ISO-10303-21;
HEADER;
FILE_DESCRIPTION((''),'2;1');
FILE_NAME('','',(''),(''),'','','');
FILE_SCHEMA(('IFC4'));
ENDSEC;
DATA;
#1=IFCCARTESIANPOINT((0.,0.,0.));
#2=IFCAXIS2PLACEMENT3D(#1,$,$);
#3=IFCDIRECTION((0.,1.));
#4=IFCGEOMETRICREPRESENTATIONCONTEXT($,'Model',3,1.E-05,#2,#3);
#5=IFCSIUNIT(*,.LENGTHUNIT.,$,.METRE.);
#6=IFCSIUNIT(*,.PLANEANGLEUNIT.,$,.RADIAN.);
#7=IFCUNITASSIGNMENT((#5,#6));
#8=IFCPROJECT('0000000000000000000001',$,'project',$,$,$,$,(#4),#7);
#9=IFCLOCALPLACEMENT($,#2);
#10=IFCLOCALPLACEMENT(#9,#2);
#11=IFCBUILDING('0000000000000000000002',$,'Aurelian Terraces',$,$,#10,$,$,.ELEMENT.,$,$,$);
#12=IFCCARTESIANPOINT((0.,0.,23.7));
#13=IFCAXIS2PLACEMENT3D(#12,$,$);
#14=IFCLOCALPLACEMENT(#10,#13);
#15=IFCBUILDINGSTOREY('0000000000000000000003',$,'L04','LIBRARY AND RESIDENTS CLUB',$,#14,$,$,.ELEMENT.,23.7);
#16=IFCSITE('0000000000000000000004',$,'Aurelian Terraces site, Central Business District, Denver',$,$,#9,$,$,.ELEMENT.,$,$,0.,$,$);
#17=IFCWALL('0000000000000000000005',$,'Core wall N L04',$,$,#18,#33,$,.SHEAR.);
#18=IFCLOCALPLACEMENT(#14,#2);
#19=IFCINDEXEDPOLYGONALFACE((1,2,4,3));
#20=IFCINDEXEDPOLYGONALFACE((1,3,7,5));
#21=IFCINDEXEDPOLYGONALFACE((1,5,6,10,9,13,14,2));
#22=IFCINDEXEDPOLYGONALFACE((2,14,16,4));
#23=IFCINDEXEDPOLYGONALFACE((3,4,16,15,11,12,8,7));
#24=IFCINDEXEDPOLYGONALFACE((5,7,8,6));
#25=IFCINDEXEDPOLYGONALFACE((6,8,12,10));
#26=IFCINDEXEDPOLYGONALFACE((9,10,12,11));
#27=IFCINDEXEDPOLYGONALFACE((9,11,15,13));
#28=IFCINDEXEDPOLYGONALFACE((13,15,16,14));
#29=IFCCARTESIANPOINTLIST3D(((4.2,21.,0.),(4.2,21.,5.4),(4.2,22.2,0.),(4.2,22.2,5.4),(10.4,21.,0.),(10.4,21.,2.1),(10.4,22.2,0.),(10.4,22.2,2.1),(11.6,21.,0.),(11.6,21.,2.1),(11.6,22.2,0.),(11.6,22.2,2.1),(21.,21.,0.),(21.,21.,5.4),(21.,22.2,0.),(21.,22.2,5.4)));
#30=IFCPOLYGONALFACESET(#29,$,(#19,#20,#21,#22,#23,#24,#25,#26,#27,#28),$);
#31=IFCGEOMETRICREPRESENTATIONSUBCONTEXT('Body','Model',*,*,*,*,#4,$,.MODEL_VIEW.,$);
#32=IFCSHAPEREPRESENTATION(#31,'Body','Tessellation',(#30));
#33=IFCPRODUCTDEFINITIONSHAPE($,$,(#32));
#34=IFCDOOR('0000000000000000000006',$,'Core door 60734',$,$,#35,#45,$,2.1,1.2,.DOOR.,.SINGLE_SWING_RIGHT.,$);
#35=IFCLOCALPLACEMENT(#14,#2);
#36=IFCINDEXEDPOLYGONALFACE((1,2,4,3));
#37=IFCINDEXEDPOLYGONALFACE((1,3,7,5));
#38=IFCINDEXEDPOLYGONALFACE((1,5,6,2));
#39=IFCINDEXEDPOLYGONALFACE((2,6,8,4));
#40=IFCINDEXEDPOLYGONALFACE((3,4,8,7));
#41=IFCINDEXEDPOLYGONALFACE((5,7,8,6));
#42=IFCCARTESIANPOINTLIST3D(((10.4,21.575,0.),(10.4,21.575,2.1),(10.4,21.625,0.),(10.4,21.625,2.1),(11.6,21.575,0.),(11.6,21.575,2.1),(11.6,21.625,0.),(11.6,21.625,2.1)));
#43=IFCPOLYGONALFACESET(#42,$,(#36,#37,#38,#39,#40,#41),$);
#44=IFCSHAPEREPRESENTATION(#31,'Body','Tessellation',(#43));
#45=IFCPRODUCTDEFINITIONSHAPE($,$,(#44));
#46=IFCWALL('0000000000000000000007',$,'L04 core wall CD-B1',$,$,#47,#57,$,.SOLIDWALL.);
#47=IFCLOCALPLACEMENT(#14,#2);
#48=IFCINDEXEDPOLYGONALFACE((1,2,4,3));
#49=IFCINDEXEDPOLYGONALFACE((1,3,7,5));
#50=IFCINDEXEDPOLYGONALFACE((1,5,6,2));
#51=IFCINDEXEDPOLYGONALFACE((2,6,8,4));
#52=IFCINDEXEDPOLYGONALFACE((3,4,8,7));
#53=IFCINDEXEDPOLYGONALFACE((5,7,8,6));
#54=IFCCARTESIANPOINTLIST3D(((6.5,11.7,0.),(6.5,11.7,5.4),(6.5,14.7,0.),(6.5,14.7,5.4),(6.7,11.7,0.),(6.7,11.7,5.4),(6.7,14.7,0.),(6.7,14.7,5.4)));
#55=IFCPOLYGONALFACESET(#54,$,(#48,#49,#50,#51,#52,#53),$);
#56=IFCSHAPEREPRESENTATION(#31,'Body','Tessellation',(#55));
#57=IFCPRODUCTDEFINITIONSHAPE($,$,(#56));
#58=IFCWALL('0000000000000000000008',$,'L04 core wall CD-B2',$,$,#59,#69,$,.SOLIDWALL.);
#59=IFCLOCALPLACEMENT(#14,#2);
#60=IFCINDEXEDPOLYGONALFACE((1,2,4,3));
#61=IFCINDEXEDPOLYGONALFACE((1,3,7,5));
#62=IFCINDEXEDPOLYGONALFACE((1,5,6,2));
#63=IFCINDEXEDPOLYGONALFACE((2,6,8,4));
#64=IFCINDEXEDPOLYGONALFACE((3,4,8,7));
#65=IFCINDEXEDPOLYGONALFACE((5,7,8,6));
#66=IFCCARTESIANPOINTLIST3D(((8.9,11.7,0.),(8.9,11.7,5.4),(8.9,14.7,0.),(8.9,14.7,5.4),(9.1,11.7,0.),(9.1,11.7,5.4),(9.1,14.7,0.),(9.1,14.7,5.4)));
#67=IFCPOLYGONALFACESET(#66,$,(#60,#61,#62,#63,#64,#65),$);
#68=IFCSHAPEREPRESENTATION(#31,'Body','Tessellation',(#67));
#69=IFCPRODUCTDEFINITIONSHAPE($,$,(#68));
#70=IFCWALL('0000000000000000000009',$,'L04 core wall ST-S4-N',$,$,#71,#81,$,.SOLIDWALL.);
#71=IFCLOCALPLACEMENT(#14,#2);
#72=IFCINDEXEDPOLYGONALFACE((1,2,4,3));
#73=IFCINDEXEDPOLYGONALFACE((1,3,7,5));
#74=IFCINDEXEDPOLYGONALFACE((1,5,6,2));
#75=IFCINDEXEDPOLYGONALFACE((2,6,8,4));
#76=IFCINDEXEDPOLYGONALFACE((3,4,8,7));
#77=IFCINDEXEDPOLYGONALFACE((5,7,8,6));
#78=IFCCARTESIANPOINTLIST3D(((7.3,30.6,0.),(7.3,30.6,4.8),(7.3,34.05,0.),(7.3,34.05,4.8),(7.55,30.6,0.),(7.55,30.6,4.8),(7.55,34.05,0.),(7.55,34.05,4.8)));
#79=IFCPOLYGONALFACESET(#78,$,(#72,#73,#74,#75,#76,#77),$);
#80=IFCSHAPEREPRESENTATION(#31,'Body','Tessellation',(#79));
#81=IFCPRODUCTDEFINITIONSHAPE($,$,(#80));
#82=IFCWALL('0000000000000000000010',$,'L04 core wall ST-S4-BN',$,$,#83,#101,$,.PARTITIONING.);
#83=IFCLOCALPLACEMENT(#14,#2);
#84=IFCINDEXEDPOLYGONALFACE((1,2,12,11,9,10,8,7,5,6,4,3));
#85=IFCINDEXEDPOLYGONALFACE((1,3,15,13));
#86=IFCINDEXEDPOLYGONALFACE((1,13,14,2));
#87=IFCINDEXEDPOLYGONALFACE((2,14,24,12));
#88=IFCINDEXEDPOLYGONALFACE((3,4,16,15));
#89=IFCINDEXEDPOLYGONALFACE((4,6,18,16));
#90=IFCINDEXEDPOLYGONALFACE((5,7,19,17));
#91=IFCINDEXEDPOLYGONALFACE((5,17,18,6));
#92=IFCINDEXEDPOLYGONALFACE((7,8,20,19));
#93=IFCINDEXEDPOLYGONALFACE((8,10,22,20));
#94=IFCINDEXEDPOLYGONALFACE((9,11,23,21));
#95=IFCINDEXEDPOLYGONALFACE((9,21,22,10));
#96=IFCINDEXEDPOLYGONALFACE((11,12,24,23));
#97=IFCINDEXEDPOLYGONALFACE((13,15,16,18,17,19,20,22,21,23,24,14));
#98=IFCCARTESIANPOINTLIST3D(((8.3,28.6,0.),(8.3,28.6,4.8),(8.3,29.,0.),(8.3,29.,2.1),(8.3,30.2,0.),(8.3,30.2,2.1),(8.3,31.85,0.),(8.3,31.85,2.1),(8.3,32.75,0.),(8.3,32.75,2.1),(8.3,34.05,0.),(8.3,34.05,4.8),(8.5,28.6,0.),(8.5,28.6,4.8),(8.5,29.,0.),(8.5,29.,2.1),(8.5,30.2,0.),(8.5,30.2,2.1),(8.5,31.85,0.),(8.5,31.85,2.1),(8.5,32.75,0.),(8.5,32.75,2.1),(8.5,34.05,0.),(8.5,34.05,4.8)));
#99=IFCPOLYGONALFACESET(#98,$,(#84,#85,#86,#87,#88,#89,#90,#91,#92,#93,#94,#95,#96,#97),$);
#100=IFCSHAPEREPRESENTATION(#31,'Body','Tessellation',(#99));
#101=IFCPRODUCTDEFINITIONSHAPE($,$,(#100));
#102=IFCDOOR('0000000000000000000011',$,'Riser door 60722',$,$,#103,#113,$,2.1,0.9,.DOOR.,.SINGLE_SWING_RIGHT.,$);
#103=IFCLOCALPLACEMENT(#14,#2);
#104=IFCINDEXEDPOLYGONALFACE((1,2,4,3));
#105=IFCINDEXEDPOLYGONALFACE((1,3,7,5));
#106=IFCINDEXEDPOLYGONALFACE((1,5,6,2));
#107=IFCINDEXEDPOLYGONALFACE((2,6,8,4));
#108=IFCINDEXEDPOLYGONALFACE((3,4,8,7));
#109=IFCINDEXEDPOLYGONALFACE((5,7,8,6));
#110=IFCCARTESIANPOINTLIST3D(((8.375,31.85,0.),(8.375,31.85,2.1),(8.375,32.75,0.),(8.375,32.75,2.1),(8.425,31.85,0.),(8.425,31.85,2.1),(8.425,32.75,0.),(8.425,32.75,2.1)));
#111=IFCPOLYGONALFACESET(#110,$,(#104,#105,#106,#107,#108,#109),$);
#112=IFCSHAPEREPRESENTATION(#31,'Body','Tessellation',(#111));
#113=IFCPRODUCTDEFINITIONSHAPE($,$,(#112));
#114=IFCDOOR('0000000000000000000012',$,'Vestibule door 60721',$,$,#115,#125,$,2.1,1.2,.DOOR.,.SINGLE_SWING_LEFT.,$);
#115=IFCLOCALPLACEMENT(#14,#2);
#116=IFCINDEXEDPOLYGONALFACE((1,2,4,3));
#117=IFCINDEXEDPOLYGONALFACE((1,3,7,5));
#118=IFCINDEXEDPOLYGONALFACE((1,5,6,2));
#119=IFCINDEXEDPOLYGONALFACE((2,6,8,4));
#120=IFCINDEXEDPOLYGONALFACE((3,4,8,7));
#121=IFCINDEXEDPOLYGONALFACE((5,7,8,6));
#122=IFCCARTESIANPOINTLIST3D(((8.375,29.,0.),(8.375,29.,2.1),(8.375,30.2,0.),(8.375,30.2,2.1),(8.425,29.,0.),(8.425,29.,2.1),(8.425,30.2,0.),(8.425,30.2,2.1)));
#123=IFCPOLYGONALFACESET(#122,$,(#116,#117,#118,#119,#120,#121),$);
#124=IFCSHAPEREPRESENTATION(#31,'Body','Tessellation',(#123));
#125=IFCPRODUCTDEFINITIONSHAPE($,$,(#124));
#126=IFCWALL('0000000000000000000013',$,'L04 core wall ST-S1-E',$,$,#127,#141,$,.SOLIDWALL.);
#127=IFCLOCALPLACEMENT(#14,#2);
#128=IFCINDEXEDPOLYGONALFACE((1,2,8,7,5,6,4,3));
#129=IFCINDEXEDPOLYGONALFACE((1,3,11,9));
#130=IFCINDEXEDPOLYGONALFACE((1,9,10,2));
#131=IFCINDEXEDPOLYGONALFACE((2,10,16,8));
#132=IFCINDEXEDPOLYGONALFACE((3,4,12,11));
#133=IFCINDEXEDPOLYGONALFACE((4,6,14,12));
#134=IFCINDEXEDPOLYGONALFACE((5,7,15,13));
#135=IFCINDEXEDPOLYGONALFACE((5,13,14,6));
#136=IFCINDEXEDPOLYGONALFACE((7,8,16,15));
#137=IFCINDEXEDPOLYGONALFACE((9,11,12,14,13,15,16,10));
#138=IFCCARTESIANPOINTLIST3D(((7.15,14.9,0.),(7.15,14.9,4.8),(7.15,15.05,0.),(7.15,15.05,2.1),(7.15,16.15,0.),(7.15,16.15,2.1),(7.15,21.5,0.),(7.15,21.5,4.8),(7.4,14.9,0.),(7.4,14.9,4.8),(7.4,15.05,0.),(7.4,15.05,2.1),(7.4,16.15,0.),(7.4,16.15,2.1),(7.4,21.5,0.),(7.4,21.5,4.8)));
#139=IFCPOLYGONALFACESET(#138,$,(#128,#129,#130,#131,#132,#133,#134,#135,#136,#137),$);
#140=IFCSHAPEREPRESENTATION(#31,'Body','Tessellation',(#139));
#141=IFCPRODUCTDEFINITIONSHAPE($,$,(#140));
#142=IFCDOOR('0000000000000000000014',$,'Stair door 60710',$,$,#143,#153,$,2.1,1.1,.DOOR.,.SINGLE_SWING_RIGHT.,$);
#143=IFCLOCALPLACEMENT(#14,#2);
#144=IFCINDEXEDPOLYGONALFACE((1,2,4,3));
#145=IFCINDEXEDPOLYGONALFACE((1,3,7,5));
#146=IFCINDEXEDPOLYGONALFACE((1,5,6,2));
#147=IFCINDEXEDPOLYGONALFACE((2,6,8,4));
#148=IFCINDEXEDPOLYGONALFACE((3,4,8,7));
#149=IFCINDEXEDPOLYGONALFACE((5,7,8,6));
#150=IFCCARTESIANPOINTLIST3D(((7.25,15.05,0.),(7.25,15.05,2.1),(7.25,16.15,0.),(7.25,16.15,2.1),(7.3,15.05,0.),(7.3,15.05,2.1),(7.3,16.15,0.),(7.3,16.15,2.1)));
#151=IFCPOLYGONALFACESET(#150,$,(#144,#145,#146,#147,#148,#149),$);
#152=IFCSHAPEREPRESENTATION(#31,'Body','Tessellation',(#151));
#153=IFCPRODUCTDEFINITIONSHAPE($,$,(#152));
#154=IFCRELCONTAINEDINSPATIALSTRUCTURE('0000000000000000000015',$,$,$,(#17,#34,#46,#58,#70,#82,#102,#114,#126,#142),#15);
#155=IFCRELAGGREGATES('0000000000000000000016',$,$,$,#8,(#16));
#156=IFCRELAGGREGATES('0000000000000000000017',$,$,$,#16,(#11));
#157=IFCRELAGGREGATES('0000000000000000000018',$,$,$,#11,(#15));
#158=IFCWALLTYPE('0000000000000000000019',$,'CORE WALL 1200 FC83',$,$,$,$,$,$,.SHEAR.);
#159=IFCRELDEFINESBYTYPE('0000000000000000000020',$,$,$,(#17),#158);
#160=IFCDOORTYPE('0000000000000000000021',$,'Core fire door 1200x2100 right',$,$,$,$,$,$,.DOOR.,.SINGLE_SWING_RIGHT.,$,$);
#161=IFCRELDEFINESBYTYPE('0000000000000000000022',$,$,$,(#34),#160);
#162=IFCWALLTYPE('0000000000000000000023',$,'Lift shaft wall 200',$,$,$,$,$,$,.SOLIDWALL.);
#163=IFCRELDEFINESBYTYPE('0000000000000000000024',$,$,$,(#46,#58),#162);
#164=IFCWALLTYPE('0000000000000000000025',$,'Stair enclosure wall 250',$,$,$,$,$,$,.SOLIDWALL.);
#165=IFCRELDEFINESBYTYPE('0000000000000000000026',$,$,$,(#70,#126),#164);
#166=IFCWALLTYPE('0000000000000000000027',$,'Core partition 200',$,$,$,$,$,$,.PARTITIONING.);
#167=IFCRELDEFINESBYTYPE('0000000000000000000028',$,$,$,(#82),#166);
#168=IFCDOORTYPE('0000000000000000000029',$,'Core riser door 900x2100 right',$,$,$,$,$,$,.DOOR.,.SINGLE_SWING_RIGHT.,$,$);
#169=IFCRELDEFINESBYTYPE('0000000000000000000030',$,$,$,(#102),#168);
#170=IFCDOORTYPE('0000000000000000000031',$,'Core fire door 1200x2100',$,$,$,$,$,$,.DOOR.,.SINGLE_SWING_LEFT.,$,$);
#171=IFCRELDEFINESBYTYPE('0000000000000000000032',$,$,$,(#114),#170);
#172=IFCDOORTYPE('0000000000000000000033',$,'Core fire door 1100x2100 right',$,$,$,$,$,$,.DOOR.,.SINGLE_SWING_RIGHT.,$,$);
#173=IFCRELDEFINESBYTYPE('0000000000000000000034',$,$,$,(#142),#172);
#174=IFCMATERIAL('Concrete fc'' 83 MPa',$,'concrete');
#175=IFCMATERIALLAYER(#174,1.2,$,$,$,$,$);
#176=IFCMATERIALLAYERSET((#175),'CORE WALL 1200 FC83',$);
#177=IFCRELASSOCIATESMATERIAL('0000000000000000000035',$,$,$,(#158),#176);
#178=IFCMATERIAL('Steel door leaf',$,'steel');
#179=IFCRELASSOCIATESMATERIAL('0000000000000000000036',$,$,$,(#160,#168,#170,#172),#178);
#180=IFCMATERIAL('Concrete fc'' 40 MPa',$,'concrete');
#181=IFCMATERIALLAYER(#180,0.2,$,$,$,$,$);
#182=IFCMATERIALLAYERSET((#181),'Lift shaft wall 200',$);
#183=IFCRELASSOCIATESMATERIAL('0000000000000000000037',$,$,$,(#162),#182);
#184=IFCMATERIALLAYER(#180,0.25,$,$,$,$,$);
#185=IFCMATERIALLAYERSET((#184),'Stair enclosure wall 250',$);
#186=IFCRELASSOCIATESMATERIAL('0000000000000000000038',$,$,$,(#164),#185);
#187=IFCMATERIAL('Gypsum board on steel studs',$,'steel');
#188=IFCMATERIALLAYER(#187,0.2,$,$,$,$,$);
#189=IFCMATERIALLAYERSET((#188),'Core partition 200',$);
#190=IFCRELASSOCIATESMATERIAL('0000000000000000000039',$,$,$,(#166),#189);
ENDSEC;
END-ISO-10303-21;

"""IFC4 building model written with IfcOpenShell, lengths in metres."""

from ifc_helpers import new_model, si_unit, direction, frame, frame_2d, origin, place, context, subcontext, project, spatial, rectangle, extrude, source, transform, mapped, material, layer, layer_set, type_object, element, fill, save


model = new_model("IFC4")

# Units and contexts
model_context = context("Model", 3, precision=1e-05, world=origin(), true_north=direction((0.0, 1.0)))
body_context = subcontext(model_context, "Body", "Model", "MODEL_VIEW")
ifc_project = project(units=[si_unit("LENGTHUNIT", "METRE"), si_unit("PLANEANGLEUNIT", "RADIAN")], contexts=[model_context])

# Site, building, storey
site_placement = place(None, origin())
site = spatial("IfcSite", under=ifc_project, at=site_placement, Name="Aurelian Terraces site, Central Business District, Denver", CompositionType="ELEMENT", RefElevation=0.0)
building_placement = place(site_placement, origin())
building = spatial("IfcBuilding", under=site, at=building_placement, Name="Aurelian Terraces", CompositionType="ELEMENT")
storey_placement = place(building_placement, frame((0.0, 0.0, 23.7)))
storey = spatial("IfcBuildingStorey", under=building, at=storey_placement, Name="L04", Description="LIBRARY AND RESIDENTS CLUB", CompositionType="ELEMENT", Elevation=23.7)

# Wall, opening, door
ifc_material_1 = material(Name="Concrete fc' 83 MPa", Category="concrete")
ifc_layer_1 = layer(ifc_material_1, 1.2)
ifc_layer_set_1 = layer_set([ifc_layer_1], Name="CORE WALL 1200 FC83")
wall_type_1 = type_object("IfcWallType", Name="CORE WALL 1200 FC83", PredefinedType="SHEAR", material=ifc_layer_set_1)
shared_shape_1 = source(origin(), body_context, "Body", "SweptSolid", [
    extrude(rectangle(XDim=16.8, YDim=1.2, at=frame_2d((8.4, 0.0))), origin(), (0.0, 0.0, 1.0), 5.4),
])
wall_1_placement = place(storey_placement, frame((4.2, 21.6, 0.0), z_axis=(0.0, 0.0, 1.0), x_axis=(1.0, 0.0, 0.0)))
wall_1 = element("IfcWall", 1, at=wall_1_placement, inside=storey, type_object=wall_type_1, Name="Core wall N L04", PredefinedType="SHEAR", context=body_context, shape_type="MappedRepresentation", body=[
    mapped(shared_shape_1, transform((0.0, 0.0, 0.0), scale=1.0)),
])
shared_shape_2 = source(origin(), body_context, "Body", "SweptSolid", [
    extrude(rectangle(XDim=1.2, YDim=2.1, at=frame_2d((0.6, 1.05))), frame((0.0, 0.61, 0.0), z_axis=(0.0, -1.0, 0.0), x_axis=(1.0, 0.0, 0.0)), (0.0, 0.0, 1.0), 1.22),
])
opening_1_placement = place(wall_1_placement, frame((6.2, 0.0, 0.0)))
opening_1 = element("IfcOpeningElement", 2, at=opening_1_placement, cuts=wall_1, PredefinedType="OPENING", context=body_context, shape_type="MappedRepresentation", body=[
    mapped(shared_shape_2, transform((0.0, 0.0, 0.0), scale=1.0)),
])
ifc_material_2 = material(Name="Steel door leaf", Category="steel")
door_type_1 = type_object("IfcDoorType", Name="Core fire door 1200x2100 right", OperationType="SINGLE_SWING_RIGHT", PredefinedType="DOOR", material=ifc_material_2)
shared_shape_3 = source(origin(), body_context, "Body", "SweptSolid", [
    extrude(rectangle(XDim=1.2, YDim=2.1, at=frame_2d((0.6, 1.05))), frame((0.0, 0.025, 0.0), z_axis=(0.0, -1.0, 0.0), x_axis=(1.0, 0.0, 0.0)), (0.0, 0.0, 1.0), 0.05),
])
door_1_placement = place(opening_1_placement, origin())
door_1 = element("IfcDoor", 3, at=door_1_placement, inside=storey, type_object=door_type_1, Name="Core door 60734", OperationType="SINGLE_SWING_RIGHT", OverallHeight=2.1, OverallWidth=1.2, PredefinedType="DOOR", context=body_context, shape_type="MappedRepresentation", body=[
    mapped(shared_shape_3, transform((0.0, 0.0, 0.0), scale=1.0)),
])
fill(opening_1, door_1)

# Walls
ifc_material_3 = material(Name="Concrete fc' 40 MPa", Category="concrete")
ifc_layer_2 = layer(ifc_material_3, 0.2)
ifc_layer_set_2 = layer_set([ifc_layer_2], Name="Lift shaft wall 200")
wall_type_2 = type_object("IfcWallType", Name="Lift shaft wall 200", PredefinedType="SOLIDWALL", material=ifc_layer_set_2)
shared_shape_4 = source(origin(), body_context, "Body", "SweptSolid", [
    extrude(rectangle(XDim=3.0, YDim=0.2, at=frame_2d((1.5, 0.0))), origin(), (0.0, 0.0, 1.0), 5.4),
])
for number, where, z_axis, x_axis, name in (
    (4, (6.6, 11.7, 0.0), (0.0, 0.0, 1.0), (0.0, 1.0, 0.0), "L04 core wall CD-B1"),
    (5, (9.0, 11.7, 0.0), (0.0, 0.0, 1.0), (0.0, 1.0, 0.0), "L04 core wall CD-B2"),
):
    element("IfcWall", number, at=place(storey_placement, frame(where, z_axis=z_axis, x_axis=x_axis)), inside=storey, type_object=wall_type_2, Name=name, PredefinedType="SOLIDWALL", context=body_context, shape_type="MappedRepresentation", body=[
        mapped(shared_shape_4, transform((0.0, 0.0, 0.0), scale=1.0)),
    ])
ifc_layer_3 = layer(ifc_material_3, 0.25)
ifc_layer_set_3 = layer_set([ifc_layer_3], Name="Stair enclosure wall 250")
wall_type_3 = type_object("IfcWallType", Name="Stair enclosure wall 250", PredefinedType="SOLIDWALL", material=ifc_layer_set_3)
shared_shape_5 = source(origin(), body_context, "Body", "SweptSolid", [
    extrude(rectangle(XDim=3.45, YDim=0.25, at=frame_2d((1.725, 0.0))), origin(), (0.0, 0.0, 1.0), 4.8),
])
wall_2_placement = place(storey_placement, frame((7.425, 30.6, 0.0), z_axis=(0.0, 0.0, 1.0), x_axis=(0.0, 1.0, 0.0)))
element("IfcWall", 6, at=wall_2_placement, inside=storey, type_object=wall_type_3, Name="L04 core wall ST-S4-N", PredefinedType="SOLIDWALL", context=body_context, shape_type="MappedRepresentation", body=[
    mapped(shared_shape_5, transform((0.0, 0.0, 0.0), scale=1.0)),
])

# Wall, openings, doors
ifc_material_4 = material(Name="Gypsum board on steel studs", Category="steel")
ifc_layer_4 = layer(ifc_material_4, 0.2)
ifc_layer_set_4 = layer_set([ifc_layer_4], Name="Core partition 200")
wall_type_4 = type_object("IfcWallType", Name="Core partition 200", PredefinedType="PARTITIONING", material=ifc_layer_set_4)
shared_shape_6 = source(origin(), body_context, "Body", "SweptSolid", [
    extrude(rectangle(XDim=5.45, YDim=0.2, at=frame_2d((2.725, 0.0))), origin(), (0.0, 0.0, 1.0), 4.8),
])
wall_3_placement = place(storey_placement, frame((8.4, 28.6, 0.0), z_axis=(0.0, 0.0, 1.0), x_axis=(0.0, 1.0, 0.0)))
wall_3 = element("IfcWall", 7, at=wall_3_placement, inside=storey, type_object=wall_type_4, Name="L04 core wall ST-S4-BN", PredefinedType="PARTITIONING", context=body_context, shape_type="MappedRepresentation", body=[
    mapped(shared_shape_6, transform((0.0, 0.0, 0.0), scale=1.0)),
])
shared_shape_7 = source(origin(), body_context, "Body", "SweptSolid", [
    extrude(rectangle(XDim=1.2, YDim=2.1, at=frame_2d((0.6, 1.05))), frame((0.0, 0.11, 0.0), z_axis=(0.0, -1.0, 0.0), x_axis=(1.0, 0.0, 0.0)), (0.0, 0.0, 1.0), 0.22),
])
opening_2_placement = place(wall_3_placement, frame((0.4, 0.0, 0.0)))
opening_2 = element("IfcOpeningElement", 8, at=opening_2_placement, cuts=wall_3, PredefinedType="OPENING", context=body_context, shape_type="MappedRepresentation", body=[
    mapped(shared_shape_7, transform((0.0, 0.0, 0.0), scale=1.0)),
])
shared_shape_8 = source(origin(), body_context, "Body", "SweptSolid", [
    extrude(rectangle(XDim=0.9, YDim=2.1, at=frame_2d((0.45, 1.05))), frame((0.0, 0.11, 0.0), z_axis=(0.0, -1.0, 0.0), x_axis=(1.0, 0.0, 0.0)), (0.0, 0.0, 1.0), 0.22),
])
opening_3_placement = place(wall_3_placement, frame((3.25, 0.0, 0.0)))
opening_3 = element("IfcOpeningElement", 9, at=opening_3_placement, cuts=wall_3, PredefinedType="OPENING", context=body_context, shape_type="MappedRepresentation", body=[
    mapped(shared_shape_8, transform((0.0, 0.0, 0.0), scale=1.0)),
])
door_type_2 = type_object("IfcDoorType", Name="Core riser door 900x2100 right", OperationType="SINGLE_SWING_RIGHT", PredefinedType="DOOR", material=ifc_material_2)
shared_shape_9 = source(origin(), body_context, "Body", "SweptSolid", [
    extrude(rectangle(XDim=0.9, YDim=2.1, at=frame_2d((0.45, 1.05))), frame((0.0, 0.025, 0.0), z_axis=(0.0, -1.0, 0.0), x_axis=(1.0, 0.0, 0.0)), (0.0, 0.0, 1.0), 0.05),
])
door_2_placement = place(opening_3_placement, origin())
door_2 = element("IfcDoor", 10, at=door_2_placement, inside=storey, type_object=door_type_2, Name="Riser door 60722", OperationType="SINGLE_SWING_RIGHT", OverallHeight=2.1, OverallWidth=0.9, PredefinedType="DOOR", context=body_context, shape_type="MappedRepresentation", body=[
    mapped(shared_shape_9, transform((0.0, 0.0, 0.0), scale=1.0)),
])
fill(opening_3, door_2)
door_type_3 = type_object("IfcDoorType", Name="Core fire door 1200x2100", OperationType="SINGLE_SWING_LEFT", PredefinedType="DOOR", material=ifc_material_2)
door_3_placement = place(opening_2_placement, origin())
door_3 = element("IfcDoor", 11, at=door_3_placement, inside=storey, type_object=door_type_3, Name="Vestibule door 60721", OperationType="SINGLE_SWING_LEFT", OverallHeight=2.1, OverallWidth=1.2, PredefinedType="DOOR", context=body_context, shape_type="MappedRepresentation", body=[
    mapped(shared_shape_3, transform((0.0, 0.0, 0.0), scale=1.0)),
])
fill(opening_2, door_3)

# Wall, opening, door
shared_shape_10 = source(origin(), body_context, "Body", "SweptSolid", [
    extrude(rectangle(XDim=6.6, YDim=0.25, at=frame_2d((3.3, 0.0))), origin(), (0.0, 0.0, 1.0), 4.8),
])
wall_4_placement = place(storey_placement, frame((7.275, 14.9, 0.0), z_axis=(0.0, 0.0, 1.0), x_axis=(0.0, 1.0, 0.0)))
wall_4 = element("IfcWall", 12, at=wall_4_placement, inside=storey, type_object=wall_type_3, Name="L04 core wall ST-S1-E", PredefinedType="SOLIDWALL", context=body_context, shape_type="MappedRepresentation", body=[
    mapped(shared_shape_10, transform((0.0, 0.0, 0.0), scale=1.0)),
])
shared_shape_11 = source(origin(), body_context, "Body", "SweptSolid", [
    extrude(rectangle(XDim=1.1, YDim=2.1, at=frame_2d((0.55, 1.05))), frame((0.0, 0.135, 0.0), z_axis=(0.0, -1.0, 0.0), x_axis=(1.0, 0.0, 0.0)), (0.0, 0.0, 1.0), 0.27),
])
opening_4_placement = place(wall_4_placement, frame((0.15, 0.0, 0.0)))
opening_4 = element("IfcOpeningElement", 13, at=opening_4_placement, cuts=wall_4, PredefinedType="OPENING", context=body_context, shape_type="MappedRepresentation", body=[
    mapped(shared_shape_11, transform((0.0, 0.0, 0.0), scale=1.0)),
])
door_type_4 = type_object("IfcDoorType", Name="Core fire door 1100x2100 right", OperationType="SINGLE_SWING_RIGHT", PredefinedType="DOOR", material=ifc_material_2)
shared_shape_12 = source(origin(), body_context, "Body", "SweptSolid", [
    extrude(rectangle(XDim=1.1, YDim=2.1, at=frame_2d((0.55, 1.05))), frame((0.0, 0.025, 0.0), z_axis=(0.0, -1.0, 0.0), x_axis=(1.0, 0.0, 0.0)), (0.0, 0.0, 1.0), 0.05),
])
door_4_placement = place(opening_4_placement, origin())
door_4 = element("IfcDoor", 14, at=door_4_placement, inside=storey, type_object=door_type_4, Name="Stair door 60710", OperationType="SINGLE_SWING_RIGHT", OverallHeight=2.1, OverallWidth=1.1, PredefinedType="DOOR", context=body_context, shape_type="MappedRepresentation", body=[
    mapped(shared_shape_12, transform((0.0, 0.0, 0.0), scale=1.0)),
])
fill(opening_4, door_4)

save(model, "model.ifc")
